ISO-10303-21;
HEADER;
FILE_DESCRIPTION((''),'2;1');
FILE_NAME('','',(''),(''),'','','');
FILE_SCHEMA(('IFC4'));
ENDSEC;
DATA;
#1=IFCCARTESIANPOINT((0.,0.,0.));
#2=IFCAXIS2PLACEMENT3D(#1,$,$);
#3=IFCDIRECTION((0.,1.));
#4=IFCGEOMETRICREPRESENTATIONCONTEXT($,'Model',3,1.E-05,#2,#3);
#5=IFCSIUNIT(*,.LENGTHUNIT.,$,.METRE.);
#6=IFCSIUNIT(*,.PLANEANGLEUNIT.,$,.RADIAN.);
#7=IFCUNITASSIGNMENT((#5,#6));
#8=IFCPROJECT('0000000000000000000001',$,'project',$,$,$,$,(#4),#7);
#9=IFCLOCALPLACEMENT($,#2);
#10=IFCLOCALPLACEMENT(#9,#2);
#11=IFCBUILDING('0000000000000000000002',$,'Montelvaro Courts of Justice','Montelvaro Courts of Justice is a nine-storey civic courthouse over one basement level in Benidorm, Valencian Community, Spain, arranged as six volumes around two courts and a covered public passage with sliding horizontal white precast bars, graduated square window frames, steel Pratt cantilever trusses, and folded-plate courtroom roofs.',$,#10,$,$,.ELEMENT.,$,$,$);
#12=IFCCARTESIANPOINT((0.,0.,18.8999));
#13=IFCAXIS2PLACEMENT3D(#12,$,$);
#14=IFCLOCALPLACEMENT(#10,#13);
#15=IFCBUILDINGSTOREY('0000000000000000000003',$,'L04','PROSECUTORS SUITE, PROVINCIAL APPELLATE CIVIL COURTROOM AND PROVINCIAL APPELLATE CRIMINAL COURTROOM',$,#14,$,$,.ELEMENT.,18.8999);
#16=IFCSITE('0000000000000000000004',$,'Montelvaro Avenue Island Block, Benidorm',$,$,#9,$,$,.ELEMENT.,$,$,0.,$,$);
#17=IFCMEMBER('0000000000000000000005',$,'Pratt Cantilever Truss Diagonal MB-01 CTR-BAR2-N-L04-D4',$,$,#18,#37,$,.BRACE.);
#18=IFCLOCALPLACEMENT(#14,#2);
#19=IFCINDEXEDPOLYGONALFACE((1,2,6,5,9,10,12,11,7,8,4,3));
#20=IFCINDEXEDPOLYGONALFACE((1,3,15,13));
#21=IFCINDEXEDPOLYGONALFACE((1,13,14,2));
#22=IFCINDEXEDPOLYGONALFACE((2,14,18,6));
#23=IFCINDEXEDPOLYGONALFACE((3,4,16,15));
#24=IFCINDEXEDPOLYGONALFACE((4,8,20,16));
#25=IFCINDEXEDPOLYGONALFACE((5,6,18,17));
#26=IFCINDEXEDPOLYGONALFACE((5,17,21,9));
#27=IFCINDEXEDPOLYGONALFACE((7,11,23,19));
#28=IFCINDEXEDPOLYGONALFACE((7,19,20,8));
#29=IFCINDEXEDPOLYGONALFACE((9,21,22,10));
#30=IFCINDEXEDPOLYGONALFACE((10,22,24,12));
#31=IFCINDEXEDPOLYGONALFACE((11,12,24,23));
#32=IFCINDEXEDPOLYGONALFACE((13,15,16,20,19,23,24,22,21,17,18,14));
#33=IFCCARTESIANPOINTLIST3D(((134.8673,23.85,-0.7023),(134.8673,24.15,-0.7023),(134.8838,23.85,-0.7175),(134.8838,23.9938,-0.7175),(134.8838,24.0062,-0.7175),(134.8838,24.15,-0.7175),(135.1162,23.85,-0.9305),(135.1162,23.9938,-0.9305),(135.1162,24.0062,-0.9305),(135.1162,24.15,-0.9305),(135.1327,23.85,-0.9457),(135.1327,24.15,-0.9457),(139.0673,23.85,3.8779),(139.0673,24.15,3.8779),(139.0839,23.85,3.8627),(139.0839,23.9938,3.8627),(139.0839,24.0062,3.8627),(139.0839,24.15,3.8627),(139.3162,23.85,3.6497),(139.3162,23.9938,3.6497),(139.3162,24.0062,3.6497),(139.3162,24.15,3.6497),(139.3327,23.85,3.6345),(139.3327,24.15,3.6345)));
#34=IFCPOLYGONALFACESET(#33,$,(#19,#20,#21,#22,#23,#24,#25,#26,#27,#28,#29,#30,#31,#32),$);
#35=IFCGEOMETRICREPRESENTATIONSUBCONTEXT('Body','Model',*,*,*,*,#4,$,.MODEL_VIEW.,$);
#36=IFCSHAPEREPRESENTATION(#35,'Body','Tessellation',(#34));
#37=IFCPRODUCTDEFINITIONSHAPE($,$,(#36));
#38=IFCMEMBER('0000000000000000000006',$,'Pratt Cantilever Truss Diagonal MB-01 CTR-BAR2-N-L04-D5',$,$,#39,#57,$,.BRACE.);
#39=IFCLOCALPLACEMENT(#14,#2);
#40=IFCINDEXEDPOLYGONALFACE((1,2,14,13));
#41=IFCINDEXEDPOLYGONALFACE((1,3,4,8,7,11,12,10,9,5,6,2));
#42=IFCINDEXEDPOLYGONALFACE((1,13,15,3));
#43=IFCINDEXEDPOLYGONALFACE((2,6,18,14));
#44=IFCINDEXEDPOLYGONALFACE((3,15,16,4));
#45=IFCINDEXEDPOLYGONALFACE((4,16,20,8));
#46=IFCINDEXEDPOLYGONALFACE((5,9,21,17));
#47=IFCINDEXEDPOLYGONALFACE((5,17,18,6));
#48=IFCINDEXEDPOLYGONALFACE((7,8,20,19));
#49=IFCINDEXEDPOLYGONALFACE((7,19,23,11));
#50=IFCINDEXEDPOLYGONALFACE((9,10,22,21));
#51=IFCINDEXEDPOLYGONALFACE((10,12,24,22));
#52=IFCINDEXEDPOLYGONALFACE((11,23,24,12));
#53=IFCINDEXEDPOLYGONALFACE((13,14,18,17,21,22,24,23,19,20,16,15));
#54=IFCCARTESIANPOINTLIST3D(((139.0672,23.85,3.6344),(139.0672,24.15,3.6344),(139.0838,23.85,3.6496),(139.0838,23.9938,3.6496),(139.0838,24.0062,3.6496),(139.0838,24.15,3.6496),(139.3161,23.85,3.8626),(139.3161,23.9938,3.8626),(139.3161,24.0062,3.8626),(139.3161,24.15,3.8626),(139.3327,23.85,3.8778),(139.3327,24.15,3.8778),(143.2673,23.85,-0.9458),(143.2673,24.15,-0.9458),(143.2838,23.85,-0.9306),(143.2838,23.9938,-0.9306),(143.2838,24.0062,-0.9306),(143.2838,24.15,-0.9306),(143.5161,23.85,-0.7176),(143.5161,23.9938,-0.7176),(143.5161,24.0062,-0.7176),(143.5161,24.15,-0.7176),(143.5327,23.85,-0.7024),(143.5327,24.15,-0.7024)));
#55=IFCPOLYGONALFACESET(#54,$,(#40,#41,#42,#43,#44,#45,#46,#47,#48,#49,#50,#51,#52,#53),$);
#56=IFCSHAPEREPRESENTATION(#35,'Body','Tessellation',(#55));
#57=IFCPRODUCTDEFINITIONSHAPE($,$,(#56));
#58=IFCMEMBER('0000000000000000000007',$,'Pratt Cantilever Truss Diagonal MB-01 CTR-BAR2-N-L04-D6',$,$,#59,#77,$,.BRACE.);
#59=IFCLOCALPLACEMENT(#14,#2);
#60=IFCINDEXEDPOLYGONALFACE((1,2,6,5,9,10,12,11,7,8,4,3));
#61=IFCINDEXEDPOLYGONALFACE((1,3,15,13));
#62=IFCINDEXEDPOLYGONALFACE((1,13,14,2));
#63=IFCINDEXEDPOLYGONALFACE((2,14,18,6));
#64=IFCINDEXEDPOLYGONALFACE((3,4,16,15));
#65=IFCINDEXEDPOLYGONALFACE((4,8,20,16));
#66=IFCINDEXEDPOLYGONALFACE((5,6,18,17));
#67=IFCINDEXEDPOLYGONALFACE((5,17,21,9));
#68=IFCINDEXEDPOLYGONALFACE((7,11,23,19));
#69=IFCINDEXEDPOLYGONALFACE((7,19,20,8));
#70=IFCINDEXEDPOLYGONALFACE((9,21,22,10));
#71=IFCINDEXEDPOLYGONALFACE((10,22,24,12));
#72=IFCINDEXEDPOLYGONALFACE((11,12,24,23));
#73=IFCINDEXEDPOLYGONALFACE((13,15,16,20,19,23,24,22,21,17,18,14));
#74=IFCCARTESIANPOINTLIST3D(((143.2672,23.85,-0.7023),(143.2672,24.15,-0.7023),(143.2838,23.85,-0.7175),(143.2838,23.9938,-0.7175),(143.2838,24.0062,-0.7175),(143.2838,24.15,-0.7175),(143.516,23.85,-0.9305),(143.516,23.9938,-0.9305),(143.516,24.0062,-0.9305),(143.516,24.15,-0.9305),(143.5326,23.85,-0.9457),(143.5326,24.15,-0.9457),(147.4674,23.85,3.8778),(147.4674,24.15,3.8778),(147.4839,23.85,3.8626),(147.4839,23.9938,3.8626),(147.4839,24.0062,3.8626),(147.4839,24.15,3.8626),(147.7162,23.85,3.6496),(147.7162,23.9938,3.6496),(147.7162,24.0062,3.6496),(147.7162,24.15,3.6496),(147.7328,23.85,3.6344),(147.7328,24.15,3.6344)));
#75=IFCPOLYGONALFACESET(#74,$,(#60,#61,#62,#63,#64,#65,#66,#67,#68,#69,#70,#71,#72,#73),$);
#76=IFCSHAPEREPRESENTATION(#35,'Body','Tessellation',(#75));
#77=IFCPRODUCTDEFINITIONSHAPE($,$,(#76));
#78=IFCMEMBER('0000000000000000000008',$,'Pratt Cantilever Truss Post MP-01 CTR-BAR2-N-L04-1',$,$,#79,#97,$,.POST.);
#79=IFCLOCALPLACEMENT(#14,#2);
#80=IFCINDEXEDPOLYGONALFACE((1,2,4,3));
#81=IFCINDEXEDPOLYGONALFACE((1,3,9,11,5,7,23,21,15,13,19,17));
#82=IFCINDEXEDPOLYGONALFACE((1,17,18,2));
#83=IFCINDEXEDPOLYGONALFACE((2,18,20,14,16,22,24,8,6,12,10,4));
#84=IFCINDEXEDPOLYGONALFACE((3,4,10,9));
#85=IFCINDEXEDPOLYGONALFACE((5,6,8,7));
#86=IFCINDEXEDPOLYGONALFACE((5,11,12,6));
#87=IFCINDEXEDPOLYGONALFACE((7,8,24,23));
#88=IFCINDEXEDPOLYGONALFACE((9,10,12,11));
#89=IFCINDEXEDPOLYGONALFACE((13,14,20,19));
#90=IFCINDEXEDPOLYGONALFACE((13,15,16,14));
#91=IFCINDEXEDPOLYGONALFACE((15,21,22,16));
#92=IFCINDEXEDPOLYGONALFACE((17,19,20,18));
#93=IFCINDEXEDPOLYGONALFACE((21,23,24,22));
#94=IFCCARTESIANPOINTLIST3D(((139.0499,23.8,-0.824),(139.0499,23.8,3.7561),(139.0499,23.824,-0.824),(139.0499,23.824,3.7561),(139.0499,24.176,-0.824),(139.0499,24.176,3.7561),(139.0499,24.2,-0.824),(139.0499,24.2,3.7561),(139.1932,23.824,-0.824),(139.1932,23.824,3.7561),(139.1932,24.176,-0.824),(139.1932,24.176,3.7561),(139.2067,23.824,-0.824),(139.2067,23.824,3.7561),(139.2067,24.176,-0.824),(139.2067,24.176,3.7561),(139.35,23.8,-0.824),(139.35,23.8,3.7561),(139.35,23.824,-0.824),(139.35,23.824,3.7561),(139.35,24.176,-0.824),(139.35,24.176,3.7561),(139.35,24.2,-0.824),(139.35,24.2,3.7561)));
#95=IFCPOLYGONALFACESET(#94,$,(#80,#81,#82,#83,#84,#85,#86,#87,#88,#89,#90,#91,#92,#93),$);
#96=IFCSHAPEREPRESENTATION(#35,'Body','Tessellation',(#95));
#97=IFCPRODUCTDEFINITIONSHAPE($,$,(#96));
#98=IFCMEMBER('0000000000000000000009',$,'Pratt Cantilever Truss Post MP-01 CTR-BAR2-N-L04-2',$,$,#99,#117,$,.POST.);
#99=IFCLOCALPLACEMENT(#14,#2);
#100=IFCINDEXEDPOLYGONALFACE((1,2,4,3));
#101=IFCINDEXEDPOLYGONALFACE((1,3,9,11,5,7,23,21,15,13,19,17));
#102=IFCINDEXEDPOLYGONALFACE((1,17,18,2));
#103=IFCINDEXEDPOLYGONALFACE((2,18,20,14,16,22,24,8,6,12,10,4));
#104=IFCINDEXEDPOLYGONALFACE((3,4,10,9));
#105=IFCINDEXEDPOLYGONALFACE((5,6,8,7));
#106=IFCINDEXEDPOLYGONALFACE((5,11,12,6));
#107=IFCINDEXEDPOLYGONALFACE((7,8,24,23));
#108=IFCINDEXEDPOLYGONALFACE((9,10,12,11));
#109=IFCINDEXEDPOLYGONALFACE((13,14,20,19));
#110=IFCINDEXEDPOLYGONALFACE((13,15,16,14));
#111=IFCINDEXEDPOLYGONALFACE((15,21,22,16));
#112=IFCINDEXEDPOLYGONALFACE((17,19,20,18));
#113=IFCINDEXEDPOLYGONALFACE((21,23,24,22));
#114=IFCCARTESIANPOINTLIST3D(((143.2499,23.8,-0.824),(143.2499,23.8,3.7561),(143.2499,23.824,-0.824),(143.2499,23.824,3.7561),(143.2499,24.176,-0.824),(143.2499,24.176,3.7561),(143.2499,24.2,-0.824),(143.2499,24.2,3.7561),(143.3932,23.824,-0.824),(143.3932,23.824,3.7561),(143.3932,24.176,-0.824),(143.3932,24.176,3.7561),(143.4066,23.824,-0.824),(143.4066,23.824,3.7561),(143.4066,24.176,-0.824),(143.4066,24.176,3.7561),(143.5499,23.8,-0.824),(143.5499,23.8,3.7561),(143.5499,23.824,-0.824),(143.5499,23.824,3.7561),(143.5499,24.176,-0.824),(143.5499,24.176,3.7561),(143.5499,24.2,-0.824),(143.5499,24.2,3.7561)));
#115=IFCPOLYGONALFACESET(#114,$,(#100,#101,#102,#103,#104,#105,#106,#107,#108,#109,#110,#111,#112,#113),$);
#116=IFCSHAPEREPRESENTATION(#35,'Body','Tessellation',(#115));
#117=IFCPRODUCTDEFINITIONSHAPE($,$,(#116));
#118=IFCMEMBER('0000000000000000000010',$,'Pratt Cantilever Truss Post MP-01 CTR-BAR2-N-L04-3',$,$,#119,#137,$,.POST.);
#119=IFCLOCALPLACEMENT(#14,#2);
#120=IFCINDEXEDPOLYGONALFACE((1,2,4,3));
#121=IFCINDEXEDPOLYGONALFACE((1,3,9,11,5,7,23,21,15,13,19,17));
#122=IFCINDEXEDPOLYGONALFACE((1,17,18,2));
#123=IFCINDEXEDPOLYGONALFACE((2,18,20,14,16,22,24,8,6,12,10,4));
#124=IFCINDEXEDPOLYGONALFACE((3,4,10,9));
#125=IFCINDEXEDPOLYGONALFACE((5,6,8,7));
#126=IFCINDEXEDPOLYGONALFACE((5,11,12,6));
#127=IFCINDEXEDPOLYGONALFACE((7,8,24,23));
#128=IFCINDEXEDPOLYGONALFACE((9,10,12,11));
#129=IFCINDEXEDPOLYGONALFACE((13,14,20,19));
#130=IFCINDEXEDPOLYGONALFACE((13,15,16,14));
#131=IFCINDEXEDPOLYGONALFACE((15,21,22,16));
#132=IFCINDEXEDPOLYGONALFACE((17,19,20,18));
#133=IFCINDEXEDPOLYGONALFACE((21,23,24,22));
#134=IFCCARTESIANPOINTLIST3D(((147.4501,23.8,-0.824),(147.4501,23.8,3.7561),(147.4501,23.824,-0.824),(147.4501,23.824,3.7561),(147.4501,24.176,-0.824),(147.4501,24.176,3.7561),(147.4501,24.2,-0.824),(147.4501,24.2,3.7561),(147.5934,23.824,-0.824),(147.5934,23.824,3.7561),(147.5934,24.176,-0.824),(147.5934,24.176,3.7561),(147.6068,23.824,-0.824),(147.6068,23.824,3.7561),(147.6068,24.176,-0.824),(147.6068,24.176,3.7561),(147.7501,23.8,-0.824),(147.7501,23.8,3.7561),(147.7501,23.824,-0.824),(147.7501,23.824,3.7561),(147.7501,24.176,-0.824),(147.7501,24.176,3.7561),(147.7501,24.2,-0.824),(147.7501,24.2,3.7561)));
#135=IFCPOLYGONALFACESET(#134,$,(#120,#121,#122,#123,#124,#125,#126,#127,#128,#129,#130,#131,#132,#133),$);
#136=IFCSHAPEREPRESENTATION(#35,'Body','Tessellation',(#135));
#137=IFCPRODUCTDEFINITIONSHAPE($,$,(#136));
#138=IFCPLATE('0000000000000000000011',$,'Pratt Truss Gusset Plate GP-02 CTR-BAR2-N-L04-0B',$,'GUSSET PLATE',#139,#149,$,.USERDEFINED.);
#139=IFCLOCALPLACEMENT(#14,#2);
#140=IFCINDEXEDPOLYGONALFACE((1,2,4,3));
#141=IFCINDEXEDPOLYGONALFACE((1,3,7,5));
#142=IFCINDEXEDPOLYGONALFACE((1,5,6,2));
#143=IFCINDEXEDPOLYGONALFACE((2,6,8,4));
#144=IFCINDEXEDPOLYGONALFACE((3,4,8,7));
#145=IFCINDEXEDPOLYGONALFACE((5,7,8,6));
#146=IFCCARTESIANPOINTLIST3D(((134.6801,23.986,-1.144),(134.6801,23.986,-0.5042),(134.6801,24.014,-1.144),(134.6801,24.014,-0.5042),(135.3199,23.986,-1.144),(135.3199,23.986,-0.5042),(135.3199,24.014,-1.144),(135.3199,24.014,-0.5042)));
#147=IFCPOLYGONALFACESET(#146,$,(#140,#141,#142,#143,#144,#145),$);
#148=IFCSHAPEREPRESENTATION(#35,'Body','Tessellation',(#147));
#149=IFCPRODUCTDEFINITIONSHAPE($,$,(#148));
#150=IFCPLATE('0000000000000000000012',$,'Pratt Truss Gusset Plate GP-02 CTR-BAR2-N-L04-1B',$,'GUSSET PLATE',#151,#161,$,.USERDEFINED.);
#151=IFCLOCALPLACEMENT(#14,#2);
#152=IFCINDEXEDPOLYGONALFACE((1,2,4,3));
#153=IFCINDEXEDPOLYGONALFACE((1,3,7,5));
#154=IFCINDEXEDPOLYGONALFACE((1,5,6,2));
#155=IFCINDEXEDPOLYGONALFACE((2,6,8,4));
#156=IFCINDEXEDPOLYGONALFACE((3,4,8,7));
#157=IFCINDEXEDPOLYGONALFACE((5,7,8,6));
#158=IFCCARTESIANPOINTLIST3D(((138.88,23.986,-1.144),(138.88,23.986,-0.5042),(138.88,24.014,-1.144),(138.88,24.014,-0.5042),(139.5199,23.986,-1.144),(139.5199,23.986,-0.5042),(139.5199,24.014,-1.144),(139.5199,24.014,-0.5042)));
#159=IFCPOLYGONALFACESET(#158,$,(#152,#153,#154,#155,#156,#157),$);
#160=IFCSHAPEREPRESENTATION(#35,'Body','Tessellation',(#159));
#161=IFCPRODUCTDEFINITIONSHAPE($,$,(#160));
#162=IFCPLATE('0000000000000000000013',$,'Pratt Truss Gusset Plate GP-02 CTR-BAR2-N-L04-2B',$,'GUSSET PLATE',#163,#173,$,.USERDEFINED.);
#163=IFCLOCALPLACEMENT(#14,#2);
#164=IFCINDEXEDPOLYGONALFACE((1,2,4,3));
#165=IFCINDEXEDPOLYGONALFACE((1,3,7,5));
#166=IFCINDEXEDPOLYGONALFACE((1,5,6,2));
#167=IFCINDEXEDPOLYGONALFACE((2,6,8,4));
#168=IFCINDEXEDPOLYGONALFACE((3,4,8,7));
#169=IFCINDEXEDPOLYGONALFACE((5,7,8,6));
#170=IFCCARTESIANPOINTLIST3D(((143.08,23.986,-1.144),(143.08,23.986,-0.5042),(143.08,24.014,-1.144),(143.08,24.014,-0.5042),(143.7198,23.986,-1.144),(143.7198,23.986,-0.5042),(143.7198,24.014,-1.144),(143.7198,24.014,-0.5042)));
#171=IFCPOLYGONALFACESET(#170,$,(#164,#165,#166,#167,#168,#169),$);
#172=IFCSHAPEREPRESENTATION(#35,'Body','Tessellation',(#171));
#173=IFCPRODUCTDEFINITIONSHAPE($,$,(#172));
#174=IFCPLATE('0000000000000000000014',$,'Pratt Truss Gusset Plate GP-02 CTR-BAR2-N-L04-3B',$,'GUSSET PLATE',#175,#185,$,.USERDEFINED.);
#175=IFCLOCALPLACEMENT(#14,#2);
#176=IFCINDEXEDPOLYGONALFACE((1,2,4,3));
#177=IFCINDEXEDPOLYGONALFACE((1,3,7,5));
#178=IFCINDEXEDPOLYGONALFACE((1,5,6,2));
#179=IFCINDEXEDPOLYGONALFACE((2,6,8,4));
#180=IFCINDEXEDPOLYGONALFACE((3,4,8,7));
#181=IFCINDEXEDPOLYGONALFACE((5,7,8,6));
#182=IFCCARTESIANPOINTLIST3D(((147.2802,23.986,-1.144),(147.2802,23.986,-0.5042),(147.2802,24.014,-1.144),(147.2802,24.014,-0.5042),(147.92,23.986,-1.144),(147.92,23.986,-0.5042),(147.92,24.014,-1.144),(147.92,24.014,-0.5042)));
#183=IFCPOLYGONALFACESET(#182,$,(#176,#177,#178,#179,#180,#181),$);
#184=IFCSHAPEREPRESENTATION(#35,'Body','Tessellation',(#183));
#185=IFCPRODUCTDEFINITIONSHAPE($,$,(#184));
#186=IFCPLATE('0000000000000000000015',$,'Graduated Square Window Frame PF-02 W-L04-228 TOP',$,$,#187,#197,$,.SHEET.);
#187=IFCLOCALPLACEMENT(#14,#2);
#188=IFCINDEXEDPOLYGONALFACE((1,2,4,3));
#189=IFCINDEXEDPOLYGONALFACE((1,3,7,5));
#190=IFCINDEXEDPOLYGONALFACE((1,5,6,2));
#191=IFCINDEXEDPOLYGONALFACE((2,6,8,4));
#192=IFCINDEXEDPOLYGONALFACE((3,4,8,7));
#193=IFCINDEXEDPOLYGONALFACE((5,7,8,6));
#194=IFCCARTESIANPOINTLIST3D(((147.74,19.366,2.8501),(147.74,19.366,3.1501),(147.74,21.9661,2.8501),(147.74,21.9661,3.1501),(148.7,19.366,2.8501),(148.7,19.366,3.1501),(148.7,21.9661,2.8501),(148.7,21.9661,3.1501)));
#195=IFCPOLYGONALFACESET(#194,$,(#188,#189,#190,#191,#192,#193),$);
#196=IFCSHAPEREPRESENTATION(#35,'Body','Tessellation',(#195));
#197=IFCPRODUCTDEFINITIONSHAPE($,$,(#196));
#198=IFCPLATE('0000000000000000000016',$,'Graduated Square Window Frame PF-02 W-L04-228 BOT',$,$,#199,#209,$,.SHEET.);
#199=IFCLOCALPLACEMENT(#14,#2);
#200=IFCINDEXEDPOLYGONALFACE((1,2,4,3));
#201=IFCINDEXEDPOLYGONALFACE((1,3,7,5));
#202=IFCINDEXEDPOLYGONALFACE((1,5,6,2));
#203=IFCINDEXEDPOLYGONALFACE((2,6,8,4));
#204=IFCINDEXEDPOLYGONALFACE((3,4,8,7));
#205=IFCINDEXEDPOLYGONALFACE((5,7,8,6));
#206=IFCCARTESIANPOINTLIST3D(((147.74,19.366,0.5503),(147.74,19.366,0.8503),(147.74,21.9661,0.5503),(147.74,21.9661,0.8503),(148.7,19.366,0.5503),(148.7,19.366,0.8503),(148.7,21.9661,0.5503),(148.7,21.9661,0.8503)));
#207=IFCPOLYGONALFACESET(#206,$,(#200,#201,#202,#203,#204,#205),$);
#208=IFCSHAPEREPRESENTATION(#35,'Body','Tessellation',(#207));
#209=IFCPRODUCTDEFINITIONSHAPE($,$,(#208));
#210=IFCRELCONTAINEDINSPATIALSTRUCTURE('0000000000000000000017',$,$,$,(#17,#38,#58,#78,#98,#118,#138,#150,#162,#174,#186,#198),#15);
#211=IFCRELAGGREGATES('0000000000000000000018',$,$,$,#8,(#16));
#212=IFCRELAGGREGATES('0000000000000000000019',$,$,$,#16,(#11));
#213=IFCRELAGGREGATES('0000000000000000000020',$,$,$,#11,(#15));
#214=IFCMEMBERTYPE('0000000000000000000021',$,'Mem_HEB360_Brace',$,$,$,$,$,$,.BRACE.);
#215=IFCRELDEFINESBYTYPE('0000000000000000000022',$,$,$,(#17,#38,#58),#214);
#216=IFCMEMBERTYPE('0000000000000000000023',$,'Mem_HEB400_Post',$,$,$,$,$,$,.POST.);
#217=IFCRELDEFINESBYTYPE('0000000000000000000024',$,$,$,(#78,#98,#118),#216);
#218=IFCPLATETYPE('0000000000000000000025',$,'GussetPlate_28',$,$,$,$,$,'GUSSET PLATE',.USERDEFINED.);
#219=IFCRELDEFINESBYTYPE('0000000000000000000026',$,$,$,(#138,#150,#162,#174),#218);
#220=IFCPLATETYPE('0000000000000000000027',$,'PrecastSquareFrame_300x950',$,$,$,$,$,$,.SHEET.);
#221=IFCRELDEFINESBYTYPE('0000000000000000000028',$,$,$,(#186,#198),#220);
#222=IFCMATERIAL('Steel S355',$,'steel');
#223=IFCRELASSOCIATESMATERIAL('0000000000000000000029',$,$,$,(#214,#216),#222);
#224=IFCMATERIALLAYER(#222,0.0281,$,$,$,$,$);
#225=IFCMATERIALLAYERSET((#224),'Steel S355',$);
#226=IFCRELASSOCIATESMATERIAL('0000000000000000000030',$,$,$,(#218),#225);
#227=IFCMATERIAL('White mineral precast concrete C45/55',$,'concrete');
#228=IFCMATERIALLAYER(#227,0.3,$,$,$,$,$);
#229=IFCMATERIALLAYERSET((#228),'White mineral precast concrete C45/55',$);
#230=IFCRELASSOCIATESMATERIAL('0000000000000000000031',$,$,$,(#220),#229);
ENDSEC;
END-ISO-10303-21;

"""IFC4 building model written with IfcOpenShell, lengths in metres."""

from ifc_helpers import new_model, si_unit, direction, frame, origin, origin_2d, place, context, subcontext, project, spatial, rectangle, i_section, extrude, material, layer, layer_set, material_profile, profile_set, type_object, element, save


model = new_model("IFC4")

# Units and contexts
model_context = context("Model", 3, precision=1e-05, world=origin(), true_north=direction((0.0, 1.0)))
body_context = subcontext(model_context, "Body", "Model", "MODEL_VIEW")
ifc_project = project(units=[si_unit("LENGTHUNIT", "METRE"), si_unit("PLANEANGLEUNIT", "RADIAN")], contexts=[model_context])

# Site, building, storey
site_placement = place(None, origin())
site = spatial("IfcSite", under=ifc_project, at=site_placement, Name="Montelvaro Avenue Island Block, Benidorm", CompositionType="ELEMENT", RefElevation=0.0)
building_placement = place(site_placement, origin())
building = spatial("IfcBuilding", under=site, at=building_placement, Name="Montelvaro Courts of Justice", Description="Montelvaro Courts of Justice is a nine-storey civic courthouse over one basement level in Benidorm, Valencian Community, Spain, arranged as six volumes around two courts and a covered public passage with sliding horizontal white precast bars, graduated square window frames, steel Pratt cantilever trusses, and folded-plate courtroom roofs.", CompositionType="ELEMENT")
storey_placement = place(building_placement, frame((0.0, 0.0, 18.8999)))
storey = spatial("IfcBuildingStorey", under=building, at=storey_placement, Name="L04", Description="PROSECUTORS SUITE, PROVINCIAL APPELLATE CIVIL COURTROOM AND PROVINCIAL APPELLATE CRIMINAL COURTROOM", CompositionType="ELEMENT", Elevation=18.8999)

# Members
ifc_material_1 = material(Name="Steel S355", Category="steel")
ifc_material_profile_1 = material_profile(ifc_material_1, i_section(OverallWidth=0.3, OverallDepth=0.3601, WebThickness=0.0125, FlangeThickness=0.0225, at=origin_2d()), Name="HEB 360")
ifc_profile_set_1 = profile_set([ifc_material_profile_1], Name="Steel S355")
member_type_1 = type_object("IfcMemberType", Name="Mem_HEB360_Brace", PredefinedType="BRACE", material=ifc_profile_set_1)
for number, where, z_axis, x_axis, name in (
    (1, (135.0, 24.0, -0.824), (0.67586, 0.0, 0.73703), (0.0, 1.0, 0.0), "Pratt Cantilever Truss Diagonal MB-01 CTR-BAR2-N-L04-D4"),
    (2, (139.2, 24.0, 3.7561), (0.67586, 0.0, -0.73703), (0.0, 1.0, 0.0), "Pratt Cantilever Truss Diagonal MB-01 CTR-BAR2-N-L04-D5"),
    (3, (143.3999, 24.0, -0.824), (0.675881, 0.0, 0.737011), (0.0, 1.0, 0.0), "Pratt Cantilever Truss Diagonal MB-01 CTR-BAR2-N-L04-D6"),
):
    element("IfcMember", number, at=place(storey_placement, frame(where, z_axis=z_axis, x_axis=x_axis)), inside=storey, type_object=member_type_1, Name=name, PredefinedType="BRACE", context=body_context, shape_type="SweptSolid", body=[
        extrude(i_section(OverallWidth=0.3, OverallDepth=0.3601, WebThickness=0.0125, FlangeThickness=0.0225, at=origin_2d()), origin(), (0.0, 0.0, 1.0), 6.2144),
    ])
ifc_material_profile_2 = material_profile(ifc_material_1, i_section(OverallWidth=0.3, OverallDepth=0.3999, WebThickness=0.0134, FlangeThickness=0.0239, at=origin_2d()), Name="HEB 400")
ifc_profile_set_2 = profile_set([ifc_material_profile_2], Name="Steel S355")
member_type_2 = type_object("IfcMemberType", Name="Mem_HEB400_Post", PredefinedType="POST", material=ifc_profile_set_2)
for number, where, z_axis, x_axis, name in (
    (4, (139.2, 24.0, -0.824), (0.0, 0.0, 1.0), (1.0, 0.0, 0.0), "Pratt Cantilever Truss Post MP-01 CTR-BAR2-N-L04-1"),
    (5, (143.3999, 24.0, -0.824), (0.0, 0.0, 1.0), (1.0, 0.0, 0.0), "Pratt Cantilever Truss Post MP-01 CTR-BAR2-N-L04-2"),
    (6, (147.6001, 24.0, -0.824), (0.0, 0.0, 1.0), (1.0, 0.0, 0.0), "Pratt Cantilever Truss Post MP-01 CTR-BAR2-N-L04-3"),
):
    element("IfcMember", number, at=place(storey_placement, frame(where, z_axis=z_axis, x_axis=x_axis)), inside=storey, type_object=member_type_2, Name=name, PredefinedType="POST", context=body_context, shape_type="SweptSolid", body=[
        extrude(i_section(OverallWidth=0.3, OverallDepth=0.3999, WebThickness=0.0134, FlangeThickness=0.0239, at=origin_2d()), origin(), (0.0, 0.0, 1.0), 4.5801),
    ])

# Plates
ifc_layer_1 = layer(ifc_material_1, 0.0281)
ifc_layer_set_1 = layer_set([ifc_layer_1], Name="Steel S355")
plate_type_1 = type_object("IfcPlateType", Name="GussetPlate_28", ElementType="GUSSET PLATE", PredefinedType="USERDEFINED", material=ifc_layer_set_1)
for number, where, z_axis, x_axis, name in (
    (7, (135.0, 24.0, -1.144), (0.0, 0.0, 1.0), (1.0, 0.0, 0.0), "Pratt Truss Gusset Plate GP-02 CTR-BAR2-N-L04-0B"),
    (8, (139.2, 24.0, -1.144), (0.0, 0.0, 1.0), (1.0, 0.0, 0.0), "Pratt Truss Gusset Plate GP-02 CTR-BAR2-N-L04-1B"),
    (9, (143.3999, 24.0, -1.144), (0.0, 0.0, 1.0), (1.0, 0.0, 0.0), "Pratt Truss Gusset Plate GP-02 CTR-BAR2-N-L04-2B"),
    (10, (147.6001, 24.0, -1.144), (0.0, 0.0, 1.0), (1.0, 0.0, 0.0), "Pratt Truss Gusset Plate GP-02 CTR-BAR2-N-L04-3B"),
):
    element("IfcPlate", number, at=place(storey_placement, frame(where, z_axis=z_axis, x_axis=x_axis)), inside=storey, type_object=plate_type_1, Name=name, ObjectType="GUSSET PLATE", PredefinedType="USERDEFINED", context=body_context, shape_type="SweptSolid", body=[
        extrude(rectangle(XDim=0.6399, YDim=0.0281, at=origin_2d()), origin(), (0.0, 0.0, 1.0), 0.6399),
    ])
ifc_material_2 = material(Name="White mineral precast concrete C45/55", Category="concrete")
ifc_layer_2 = layer(ifc_material_2, 0.3)
ifc_layer_set_2 = layer_set([ifc_layer_2], Name="White mineral precast concrete C45/55")
plate_type_2 = type_object("IfcPlateType", Name="PrecastSquareFrame_300x950", PredefinedType="SHEET", material=ifc_layer_set_2)
for number, where, z_axis, x_axis, name in (
    (11, (148.22, 20.666, 2.8501), (0.0, 0.0, 1.0), (0.0, 1.0, 0.0), "Graduated Square Window Frame PF-02 W-L04-228 TOP"),
    (12, (148.22, 20.666, 0.5503), (0.0, 0.0, 1.0), (0.0, 1.0, 0.0), "Graduated Square Window Frame PF-02 W-L04-228 BOT"),
):
    element("IfcPlate", number, at=place(storey_placement, frame(where, z_axis=z_axis, x_axis=x_axis)), inside=storey, type_object=plate_type_2, Name=name, PredefinedType="SHEET", context=body_context, shape_type="SweptSolid", body=[
        extrude(rectangle(XDim=2.6001, YDim=0.96, at=origin_2d()), origin(), (0.0, 0.0, 1.0), 0.3),
    ])

save(model, "model.ifc")
